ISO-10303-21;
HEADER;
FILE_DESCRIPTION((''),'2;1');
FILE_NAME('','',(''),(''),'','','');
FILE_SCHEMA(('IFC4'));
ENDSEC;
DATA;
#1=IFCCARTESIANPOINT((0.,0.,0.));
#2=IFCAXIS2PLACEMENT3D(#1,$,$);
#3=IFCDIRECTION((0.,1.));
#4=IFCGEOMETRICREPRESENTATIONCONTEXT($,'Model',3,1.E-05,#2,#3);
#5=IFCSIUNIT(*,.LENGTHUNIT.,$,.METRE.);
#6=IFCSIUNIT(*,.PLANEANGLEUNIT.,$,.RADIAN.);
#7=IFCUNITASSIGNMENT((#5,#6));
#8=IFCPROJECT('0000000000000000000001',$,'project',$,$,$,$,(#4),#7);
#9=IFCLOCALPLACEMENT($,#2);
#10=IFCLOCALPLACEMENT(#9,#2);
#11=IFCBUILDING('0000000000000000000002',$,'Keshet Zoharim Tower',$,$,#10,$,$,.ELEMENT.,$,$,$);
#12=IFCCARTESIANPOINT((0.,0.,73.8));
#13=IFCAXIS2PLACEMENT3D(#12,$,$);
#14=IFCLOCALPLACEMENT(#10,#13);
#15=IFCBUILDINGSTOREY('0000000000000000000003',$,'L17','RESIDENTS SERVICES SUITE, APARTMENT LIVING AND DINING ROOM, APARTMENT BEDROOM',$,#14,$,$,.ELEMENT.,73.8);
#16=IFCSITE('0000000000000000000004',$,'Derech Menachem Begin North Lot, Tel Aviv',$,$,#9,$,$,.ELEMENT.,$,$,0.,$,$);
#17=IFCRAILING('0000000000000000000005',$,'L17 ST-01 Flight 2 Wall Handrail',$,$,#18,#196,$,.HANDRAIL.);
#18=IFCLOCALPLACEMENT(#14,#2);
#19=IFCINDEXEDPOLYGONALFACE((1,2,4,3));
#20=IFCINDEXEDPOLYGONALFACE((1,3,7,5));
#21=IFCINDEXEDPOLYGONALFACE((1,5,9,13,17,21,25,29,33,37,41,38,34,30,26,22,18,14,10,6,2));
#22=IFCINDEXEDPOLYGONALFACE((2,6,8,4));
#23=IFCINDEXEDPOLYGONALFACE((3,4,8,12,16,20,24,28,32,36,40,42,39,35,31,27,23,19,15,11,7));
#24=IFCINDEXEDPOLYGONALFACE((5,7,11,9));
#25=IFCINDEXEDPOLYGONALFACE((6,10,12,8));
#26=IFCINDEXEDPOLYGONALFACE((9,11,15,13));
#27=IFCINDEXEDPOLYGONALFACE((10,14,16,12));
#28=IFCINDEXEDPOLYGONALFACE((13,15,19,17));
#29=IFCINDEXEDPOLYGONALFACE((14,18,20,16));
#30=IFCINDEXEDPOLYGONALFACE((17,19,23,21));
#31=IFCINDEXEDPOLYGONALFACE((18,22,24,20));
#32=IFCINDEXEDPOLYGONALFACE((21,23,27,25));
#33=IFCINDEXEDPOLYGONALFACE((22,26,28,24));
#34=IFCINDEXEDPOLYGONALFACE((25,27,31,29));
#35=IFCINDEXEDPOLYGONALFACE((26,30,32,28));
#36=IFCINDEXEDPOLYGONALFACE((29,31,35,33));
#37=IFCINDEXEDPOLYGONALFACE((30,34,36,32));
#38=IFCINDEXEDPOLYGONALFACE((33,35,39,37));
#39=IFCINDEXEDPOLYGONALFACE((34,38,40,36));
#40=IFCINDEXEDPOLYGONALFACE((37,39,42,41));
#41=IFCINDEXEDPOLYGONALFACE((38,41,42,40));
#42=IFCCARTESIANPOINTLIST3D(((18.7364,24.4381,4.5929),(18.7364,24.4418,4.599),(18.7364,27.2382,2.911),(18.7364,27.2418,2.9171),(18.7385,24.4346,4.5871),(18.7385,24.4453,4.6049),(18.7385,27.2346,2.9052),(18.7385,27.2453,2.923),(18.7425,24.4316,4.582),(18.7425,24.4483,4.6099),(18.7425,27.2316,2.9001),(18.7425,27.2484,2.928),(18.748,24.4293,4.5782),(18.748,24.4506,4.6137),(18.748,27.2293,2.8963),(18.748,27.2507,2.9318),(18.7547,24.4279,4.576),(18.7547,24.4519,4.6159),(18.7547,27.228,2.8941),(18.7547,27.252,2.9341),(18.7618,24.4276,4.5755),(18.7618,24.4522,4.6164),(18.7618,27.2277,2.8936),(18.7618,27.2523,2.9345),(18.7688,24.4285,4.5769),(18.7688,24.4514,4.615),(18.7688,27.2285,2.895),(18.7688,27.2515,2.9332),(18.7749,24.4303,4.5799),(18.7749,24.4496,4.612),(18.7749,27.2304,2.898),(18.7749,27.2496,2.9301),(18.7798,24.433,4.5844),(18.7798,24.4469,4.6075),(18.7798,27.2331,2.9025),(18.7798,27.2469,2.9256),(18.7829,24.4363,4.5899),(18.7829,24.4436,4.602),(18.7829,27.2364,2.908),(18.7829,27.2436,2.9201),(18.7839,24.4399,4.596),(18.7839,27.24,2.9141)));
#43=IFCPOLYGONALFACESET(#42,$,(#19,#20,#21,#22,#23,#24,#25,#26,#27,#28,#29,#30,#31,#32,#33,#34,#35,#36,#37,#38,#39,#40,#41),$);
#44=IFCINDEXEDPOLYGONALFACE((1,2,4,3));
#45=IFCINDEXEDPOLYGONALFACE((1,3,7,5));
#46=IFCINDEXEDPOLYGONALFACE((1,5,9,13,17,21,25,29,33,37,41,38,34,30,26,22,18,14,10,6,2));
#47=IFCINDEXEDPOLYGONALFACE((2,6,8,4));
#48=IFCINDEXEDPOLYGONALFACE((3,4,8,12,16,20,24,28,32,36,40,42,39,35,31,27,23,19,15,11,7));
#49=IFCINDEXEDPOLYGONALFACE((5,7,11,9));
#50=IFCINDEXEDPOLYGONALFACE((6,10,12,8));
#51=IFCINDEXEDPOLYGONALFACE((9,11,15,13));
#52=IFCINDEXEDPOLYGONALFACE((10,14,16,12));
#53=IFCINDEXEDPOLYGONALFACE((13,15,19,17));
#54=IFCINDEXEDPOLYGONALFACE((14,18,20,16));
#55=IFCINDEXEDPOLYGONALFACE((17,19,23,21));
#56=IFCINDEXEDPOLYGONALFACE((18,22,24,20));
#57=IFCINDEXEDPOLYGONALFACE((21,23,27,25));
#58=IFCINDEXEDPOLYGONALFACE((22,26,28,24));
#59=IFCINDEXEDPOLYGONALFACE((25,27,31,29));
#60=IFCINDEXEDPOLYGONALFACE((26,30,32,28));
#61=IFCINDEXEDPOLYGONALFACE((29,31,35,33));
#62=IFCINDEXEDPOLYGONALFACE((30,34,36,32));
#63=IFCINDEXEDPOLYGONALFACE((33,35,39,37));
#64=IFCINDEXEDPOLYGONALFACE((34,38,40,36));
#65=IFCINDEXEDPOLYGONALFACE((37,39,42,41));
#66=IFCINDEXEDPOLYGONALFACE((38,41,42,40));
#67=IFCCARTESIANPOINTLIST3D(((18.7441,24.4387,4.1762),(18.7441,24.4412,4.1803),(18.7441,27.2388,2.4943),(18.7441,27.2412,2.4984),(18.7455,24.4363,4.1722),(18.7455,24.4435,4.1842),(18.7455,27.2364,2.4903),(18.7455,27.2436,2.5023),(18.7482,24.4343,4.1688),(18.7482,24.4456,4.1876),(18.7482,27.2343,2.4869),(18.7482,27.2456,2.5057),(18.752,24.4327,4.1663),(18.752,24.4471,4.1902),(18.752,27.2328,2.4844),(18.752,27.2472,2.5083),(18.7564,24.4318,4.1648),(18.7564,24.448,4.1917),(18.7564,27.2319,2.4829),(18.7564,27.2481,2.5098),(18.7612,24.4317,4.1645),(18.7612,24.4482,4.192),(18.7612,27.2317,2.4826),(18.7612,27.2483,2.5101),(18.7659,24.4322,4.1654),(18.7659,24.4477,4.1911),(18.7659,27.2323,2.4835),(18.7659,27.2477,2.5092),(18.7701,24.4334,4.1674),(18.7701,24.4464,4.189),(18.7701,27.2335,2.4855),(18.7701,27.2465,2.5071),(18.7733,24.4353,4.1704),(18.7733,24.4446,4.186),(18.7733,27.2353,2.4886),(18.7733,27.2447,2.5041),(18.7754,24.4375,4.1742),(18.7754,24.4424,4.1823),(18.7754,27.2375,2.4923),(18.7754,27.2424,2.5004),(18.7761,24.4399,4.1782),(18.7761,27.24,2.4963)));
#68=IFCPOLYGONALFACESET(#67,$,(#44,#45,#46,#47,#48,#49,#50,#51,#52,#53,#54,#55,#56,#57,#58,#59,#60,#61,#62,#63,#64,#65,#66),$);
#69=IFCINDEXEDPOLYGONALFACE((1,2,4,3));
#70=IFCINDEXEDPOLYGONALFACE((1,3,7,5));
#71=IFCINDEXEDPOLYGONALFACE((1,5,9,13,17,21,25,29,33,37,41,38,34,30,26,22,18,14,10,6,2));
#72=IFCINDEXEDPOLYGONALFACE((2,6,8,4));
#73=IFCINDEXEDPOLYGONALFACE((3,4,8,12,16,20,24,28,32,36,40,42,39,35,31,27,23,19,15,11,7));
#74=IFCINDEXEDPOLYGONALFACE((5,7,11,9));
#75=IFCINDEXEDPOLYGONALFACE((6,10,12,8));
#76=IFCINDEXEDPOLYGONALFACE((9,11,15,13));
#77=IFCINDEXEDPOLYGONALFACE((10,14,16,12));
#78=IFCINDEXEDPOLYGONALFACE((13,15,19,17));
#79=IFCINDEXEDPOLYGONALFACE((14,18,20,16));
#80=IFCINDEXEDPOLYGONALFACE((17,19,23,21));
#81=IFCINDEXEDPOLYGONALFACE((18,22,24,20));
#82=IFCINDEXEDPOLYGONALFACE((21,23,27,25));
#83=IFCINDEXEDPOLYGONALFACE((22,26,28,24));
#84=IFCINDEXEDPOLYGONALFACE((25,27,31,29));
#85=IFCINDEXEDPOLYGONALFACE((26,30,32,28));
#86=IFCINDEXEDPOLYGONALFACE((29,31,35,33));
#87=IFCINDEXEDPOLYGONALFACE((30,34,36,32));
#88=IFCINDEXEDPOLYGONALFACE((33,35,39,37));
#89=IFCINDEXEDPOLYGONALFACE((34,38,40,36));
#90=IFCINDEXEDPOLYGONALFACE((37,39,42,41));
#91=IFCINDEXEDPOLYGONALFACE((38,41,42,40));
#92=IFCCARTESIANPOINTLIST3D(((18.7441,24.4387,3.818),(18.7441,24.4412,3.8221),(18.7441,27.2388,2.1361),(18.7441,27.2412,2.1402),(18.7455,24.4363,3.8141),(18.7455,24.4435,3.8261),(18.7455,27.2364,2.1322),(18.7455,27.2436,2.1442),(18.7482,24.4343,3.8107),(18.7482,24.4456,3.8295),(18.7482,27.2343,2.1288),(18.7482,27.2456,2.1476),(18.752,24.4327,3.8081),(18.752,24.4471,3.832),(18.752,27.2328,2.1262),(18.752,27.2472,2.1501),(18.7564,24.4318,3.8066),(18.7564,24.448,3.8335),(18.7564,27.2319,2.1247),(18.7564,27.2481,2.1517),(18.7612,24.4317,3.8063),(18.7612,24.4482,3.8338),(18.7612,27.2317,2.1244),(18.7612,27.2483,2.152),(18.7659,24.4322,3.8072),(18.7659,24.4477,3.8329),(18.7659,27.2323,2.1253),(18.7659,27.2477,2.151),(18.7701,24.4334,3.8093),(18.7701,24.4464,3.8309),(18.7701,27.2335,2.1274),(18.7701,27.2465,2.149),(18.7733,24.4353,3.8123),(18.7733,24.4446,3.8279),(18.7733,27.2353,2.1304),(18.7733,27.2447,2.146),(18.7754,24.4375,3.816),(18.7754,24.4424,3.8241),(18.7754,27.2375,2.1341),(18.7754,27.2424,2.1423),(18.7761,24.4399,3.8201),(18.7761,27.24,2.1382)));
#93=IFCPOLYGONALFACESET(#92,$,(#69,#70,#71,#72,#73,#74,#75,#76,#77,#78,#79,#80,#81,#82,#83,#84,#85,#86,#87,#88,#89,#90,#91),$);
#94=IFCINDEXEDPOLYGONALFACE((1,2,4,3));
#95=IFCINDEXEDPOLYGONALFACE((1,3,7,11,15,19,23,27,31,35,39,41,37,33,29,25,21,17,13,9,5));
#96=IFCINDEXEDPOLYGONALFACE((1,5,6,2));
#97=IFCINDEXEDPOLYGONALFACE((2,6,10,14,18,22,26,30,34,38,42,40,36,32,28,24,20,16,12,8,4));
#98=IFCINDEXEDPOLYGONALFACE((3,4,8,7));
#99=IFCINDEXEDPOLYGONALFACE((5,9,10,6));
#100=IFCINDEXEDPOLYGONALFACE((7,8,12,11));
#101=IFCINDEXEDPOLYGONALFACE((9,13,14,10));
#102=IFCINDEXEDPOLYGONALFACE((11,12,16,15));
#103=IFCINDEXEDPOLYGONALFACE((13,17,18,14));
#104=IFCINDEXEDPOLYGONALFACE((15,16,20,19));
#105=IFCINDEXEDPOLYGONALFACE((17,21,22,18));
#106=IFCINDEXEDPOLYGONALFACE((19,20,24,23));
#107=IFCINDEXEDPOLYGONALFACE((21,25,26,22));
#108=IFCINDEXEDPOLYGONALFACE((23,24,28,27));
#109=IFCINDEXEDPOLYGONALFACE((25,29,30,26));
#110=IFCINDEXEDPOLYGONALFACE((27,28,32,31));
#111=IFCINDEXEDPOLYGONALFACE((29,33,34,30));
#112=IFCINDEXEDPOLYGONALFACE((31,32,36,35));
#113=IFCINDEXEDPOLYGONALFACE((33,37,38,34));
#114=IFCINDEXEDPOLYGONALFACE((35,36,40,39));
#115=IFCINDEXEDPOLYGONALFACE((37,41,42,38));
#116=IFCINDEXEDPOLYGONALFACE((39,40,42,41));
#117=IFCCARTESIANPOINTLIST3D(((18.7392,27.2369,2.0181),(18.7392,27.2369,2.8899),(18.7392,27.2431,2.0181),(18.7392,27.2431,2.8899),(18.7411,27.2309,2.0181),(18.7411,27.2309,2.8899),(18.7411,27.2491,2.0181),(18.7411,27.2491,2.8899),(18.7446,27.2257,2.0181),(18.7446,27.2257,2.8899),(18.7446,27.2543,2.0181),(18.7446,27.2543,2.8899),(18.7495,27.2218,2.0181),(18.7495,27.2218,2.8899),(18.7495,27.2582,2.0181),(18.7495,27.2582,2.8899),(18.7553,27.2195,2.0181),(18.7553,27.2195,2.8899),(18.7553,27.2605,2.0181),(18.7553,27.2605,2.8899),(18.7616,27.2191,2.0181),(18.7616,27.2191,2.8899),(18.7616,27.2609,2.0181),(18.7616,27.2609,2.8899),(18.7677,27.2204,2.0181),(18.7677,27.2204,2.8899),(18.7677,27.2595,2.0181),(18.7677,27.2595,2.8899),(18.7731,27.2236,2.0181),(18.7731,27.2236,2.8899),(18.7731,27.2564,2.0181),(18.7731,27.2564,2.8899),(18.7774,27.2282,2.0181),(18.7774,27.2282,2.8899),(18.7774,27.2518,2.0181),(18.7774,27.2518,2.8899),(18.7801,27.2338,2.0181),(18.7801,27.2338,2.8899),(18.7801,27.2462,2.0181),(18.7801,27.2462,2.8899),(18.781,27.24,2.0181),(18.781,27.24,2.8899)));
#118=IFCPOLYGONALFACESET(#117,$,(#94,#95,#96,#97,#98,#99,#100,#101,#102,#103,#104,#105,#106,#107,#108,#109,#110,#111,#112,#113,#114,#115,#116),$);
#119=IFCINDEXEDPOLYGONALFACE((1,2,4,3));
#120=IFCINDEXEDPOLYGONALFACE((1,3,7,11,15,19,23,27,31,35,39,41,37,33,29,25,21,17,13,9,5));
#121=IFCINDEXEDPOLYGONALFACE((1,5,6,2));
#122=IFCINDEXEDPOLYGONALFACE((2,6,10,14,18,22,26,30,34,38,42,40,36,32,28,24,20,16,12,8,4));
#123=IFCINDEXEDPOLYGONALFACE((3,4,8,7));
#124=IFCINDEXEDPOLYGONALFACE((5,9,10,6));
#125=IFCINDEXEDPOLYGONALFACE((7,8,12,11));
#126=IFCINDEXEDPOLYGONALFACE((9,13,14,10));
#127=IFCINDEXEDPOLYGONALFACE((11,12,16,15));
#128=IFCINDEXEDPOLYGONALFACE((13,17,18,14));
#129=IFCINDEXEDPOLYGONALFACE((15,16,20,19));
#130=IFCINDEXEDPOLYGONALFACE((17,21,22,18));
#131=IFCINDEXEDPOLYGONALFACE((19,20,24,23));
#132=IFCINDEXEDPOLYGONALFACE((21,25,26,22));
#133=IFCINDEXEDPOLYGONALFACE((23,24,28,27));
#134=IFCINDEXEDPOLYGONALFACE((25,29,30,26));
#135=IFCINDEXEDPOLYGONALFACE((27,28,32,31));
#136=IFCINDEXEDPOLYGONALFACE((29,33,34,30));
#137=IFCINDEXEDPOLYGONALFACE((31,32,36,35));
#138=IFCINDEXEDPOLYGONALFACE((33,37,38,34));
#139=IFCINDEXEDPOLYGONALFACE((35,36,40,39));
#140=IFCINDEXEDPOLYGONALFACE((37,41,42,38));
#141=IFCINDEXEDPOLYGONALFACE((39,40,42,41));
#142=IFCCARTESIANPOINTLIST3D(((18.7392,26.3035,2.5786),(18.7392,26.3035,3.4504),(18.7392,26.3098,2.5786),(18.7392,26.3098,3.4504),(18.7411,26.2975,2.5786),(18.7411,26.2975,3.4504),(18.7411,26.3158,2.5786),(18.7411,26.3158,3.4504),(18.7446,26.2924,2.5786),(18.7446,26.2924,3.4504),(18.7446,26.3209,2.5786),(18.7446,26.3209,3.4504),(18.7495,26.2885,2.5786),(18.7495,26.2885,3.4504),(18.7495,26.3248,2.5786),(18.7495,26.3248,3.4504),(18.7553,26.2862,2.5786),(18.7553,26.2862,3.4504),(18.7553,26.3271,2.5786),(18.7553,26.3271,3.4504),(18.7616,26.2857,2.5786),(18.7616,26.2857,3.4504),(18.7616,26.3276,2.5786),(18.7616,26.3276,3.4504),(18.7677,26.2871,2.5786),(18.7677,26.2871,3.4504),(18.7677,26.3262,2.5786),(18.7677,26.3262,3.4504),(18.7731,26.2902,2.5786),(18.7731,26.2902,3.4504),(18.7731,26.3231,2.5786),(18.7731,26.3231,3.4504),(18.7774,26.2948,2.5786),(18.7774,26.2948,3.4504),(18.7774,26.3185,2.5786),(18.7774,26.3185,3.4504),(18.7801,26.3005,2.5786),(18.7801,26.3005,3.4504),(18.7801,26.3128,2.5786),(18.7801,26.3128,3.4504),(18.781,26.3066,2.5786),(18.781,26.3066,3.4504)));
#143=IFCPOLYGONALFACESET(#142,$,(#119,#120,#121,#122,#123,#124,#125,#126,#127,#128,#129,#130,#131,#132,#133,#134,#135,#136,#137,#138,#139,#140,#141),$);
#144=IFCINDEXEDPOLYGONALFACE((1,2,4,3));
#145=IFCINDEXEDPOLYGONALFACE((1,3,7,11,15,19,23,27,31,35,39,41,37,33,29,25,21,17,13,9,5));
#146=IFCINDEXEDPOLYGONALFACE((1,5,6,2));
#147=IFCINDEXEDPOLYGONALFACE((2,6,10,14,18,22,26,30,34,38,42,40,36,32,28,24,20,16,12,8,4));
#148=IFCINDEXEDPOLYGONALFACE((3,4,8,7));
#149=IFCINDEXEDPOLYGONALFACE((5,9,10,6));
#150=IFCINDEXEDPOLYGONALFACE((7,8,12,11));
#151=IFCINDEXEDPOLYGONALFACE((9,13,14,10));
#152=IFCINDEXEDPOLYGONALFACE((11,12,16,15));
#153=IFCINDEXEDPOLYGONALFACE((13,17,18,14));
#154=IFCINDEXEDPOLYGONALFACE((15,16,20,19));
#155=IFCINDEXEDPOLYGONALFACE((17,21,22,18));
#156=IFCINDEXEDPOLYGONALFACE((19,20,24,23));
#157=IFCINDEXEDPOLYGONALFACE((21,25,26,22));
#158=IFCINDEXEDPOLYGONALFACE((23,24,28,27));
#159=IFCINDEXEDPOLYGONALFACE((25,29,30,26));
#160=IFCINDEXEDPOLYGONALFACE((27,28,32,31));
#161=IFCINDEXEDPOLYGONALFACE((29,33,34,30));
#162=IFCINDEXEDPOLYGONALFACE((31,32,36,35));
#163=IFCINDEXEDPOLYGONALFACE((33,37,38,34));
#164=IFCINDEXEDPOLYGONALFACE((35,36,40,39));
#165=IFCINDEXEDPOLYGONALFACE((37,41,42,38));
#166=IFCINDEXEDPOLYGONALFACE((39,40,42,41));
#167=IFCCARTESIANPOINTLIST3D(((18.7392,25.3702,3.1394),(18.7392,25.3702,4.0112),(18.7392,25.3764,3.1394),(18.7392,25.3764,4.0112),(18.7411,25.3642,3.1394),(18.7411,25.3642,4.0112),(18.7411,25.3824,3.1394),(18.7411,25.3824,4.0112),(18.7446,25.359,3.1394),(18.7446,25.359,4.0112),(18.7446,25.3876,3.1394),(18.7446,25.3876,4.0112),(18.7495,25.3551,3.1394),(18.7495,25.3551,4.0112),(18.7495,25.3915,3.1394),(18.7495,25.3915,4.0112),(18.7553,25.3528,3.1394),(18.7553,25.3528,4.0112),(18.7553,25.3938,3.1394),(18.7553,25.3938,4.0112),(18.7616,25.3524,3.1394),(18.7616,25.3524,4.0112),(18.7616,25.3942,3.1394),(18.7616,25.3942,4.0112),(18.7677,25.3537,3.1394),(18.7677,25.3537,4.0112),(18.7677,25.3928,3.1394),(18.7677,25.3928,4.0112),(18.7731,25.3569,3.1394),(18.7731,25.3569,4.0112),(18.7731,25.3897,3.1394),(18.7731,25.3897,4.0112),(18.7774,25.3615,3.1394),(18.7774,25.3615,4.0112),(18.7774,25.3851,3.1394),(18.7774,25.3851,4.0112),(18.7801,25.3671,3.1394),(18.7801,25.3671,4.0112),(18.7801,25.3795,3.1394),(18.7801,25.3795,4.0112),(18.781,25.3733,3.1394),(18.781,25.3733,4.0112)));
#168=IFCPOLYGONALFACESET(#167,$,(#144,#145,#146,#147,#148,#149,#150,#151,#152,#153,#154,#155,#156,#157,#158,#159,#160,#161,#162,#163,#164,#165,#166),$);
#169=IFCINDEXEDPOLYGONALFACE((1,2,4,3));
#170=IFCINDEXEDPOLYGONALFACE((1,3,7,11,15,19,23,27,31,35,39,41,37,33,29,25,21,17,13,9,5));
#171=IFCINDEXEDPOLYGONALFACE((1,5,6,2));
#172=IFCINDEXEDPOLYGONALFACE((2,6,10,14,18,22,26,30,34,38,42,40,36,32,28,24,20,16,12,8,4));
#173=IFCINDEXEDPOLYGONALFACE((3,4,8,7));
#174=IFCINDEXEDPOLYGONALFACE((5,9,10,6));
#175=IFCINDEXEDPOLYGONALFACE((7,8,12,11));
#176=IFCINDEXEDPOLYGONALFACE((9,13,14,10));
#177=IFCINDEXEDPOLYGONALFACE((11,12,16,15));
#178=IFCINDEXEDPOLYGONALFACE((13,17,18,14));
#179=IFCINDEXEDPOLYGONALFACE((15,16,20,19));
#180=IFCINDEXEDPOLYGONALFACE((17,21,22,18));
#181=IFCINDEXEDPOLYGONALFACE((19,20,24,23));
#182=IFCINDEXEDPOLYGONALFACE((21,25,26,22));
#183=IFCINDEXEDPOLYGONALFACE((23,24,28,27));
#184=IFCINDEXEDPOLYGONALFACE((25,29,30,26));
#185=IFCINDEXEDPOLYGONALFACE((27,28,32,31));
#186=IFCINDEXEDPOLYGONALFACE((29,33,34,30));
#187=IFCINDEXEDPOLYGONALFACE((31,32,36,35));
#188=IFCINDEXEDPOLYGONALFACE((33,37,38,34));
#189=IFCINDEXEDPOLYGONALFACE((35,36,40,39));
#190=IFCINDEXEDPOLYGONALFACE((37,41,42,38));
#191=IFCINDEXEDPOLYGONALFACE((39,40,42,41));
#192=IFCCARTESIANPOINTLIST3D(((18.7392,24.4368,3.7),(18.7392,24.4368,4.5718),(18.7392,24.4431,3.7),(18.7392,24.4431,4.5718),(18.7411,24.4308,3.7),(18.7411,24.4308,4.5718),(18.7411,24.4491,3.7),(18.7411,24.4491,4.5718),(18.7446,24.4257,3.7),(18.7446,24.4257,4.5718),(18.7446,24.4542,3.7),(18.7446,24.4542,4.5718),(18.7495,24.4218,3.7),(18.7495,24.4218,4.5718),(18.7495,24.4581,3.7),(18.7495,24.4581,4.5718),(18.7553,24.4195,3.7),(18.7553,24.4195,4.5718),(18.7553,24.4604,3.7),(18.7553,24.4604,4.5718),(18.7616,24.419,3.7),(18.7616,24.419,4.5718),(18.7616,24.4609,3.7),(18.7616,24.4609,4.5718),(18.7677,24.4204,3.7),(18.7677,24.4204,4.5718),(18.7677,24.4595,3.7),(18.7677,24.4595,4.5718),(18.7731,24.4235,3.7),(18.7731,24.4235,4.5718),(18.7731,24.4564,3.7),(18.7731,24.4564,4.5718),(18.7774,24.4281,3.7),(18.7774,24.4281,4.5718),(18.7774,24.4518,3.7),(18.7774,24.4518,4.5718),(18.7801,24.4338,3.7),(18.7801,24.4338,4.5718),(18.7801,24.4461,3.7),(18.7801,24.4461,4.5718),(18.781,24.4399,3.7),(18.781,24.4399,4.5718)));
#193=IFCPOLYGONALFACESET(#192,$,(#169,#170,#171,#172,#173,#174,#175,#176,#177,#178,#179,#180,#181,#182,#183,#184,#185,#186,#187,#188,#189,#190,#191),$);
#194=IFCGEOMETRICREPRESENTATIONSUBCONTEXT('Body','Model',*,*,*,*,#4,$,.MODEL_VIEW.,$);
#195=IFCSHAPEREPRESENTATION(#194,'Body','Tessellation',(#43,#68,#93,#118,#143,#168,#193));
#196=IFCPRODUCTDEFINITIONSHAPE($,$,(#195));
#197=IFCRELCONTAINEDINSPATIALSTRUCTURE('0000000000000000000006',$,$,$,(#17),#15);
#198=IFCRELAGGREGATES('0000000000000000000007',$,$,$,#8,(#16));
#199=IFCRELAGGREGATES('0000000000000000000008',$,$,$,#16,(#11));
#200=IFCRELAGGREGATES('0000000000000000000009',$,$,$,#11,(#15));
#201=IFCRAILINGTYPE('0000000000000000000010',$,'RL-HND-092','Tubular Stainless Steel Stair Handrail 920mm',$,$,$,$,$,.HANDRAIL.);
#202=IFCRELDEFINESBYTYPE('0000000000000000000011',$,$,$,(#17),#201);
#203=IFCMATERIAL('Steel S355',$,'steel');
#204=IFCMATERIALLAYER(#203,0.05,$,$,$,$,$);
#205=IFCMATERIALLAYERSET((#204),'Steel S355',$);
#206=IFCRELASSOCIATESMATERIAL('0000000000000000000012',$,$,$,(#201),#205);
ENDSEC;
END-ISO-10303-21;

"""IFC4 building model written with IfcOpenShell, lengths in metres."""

from ifc_helpers import new_model, si_unit, direction, frame, origin, origin_2d, place, context, subcontext, project, spatial, circle, extrude, material, layer, layer_set, type_object, element, save


model = new_model("IFC4")

# Units and contexts
model_context = context("Model", 3, precision=1e-05, world=origin(), true_north=direction((0.0, 1.0)))
body_context = subcontext(model_context, "Body", "Model", "MODEL_VIEW")
ifc_project = project(units=[si_unit("LENGTHUNIT", "METRE"), si_unit("PLANEANGLEUNIT", "RADIAN")], contexts=[model_context])

# Site, building, storey
site_placement = place(None, origin())
site = spatial("IfcSite", under=ifc_project, at=site_placement, Name="Derech Menachem Begin North Lot, Tel Aviv", CompositionType="ELEMENT", RefElevation=0.0)
building_placement = place(site_placement, origin())
building = spatial("IfcBuilding", under=site, at=building_placement, Name="Keshet Zoharim Tower", CompositionType="ELEMENT")
storey_placement = place(building_placement, frame((0.0, 0.0, 73.8)))
storey = spatial("IfcBuildingStorey", under=building, at=storey_placement, Name="L17", Description="RESIDENTS SERVICES SUITE, APARTMENT LIVING AND DINING ROOM, APARTMENT BEDROOM", CompositionType="ELEMENT", Elevation=73.8)

# Shared definitions
ifc_material_1 = material(Name="Steel S355", Category="steel")

# Railing
ifc_layer_1 = layer(ifc_material_1, 0.05)
ifc_layer_set_1 = layer_set([ifc_layer_1], Name="Steel S355")
railing_type_1 = type_object("IfcRailingType", Name="RL-HND-092", Description="Tubular Stainless Steel Stair Handrail 920mm", PredefinedType="HANDRAIL", material=ifc_layer_set_1)
railing_1_placement = place(storey_placement, frame((18.76, 27.24, 2.0181)))
element("IfcRailing", 1, at=railing_1_placement, inside=storey, type_object=railing_type_1, Name="L17 ST-01 Flight 2 Wall Handrail", PredefinedType="HANDRAIL", context=body_context, shape_type="SweptSolid", body=[
    extrude(circle(Radius=0.0239, at=origin_2d()), frame((0.0, 0.0, 0.896), z_axis=(0.0, -0.857242, 0.514913), x_axis=(1.0, 0.0, 0.0)), (0.0, 0.0, 1.0), 3.2664),
    extrude(circle(Radius=0.0161, at=origin_2d()), frame((0.0, 0.0, 0.4783), z_axis=(0.0, -0.857242, 0.514913), x_axis=(1.0, 0.0, 0.0)), (0.0, 0.0, 1.0), 3.2664),
    extrude(circle(Radius=0.0161, at=origin_2d()), frame((0.0, 0.0, 0.1201), z_axis=(0.0, -0.857242, 0.514913), x_axis=(1.0, 0.0, 0.0)), (0.0, 0.0, 1.0), 3.2664),
    extrude(circle(Radius=0.021, at=origin_2d()), origin(), (0.0, 0.0, 1.0), 0.8718),
    extrude(circle(Radius=0.021, at=origin_2d()), frame((0.0, -0.9333, 0.5605)), (0.0, 0.0, 1.0), 0.8718),
    extrude(circle(Radius=0.021, at=origin_2d()), frame((0.0, -1.8667, 1.1213)), (0.0, 0.0, 1.0), 0.8718),
    extrude(circle(Radius=0.021, at=origin_2d()), frame((0.0, -2.8, 1.6819)), (0.0, 0.0, 1.0), 0.8718),
])

save(model, "model.ifc")
